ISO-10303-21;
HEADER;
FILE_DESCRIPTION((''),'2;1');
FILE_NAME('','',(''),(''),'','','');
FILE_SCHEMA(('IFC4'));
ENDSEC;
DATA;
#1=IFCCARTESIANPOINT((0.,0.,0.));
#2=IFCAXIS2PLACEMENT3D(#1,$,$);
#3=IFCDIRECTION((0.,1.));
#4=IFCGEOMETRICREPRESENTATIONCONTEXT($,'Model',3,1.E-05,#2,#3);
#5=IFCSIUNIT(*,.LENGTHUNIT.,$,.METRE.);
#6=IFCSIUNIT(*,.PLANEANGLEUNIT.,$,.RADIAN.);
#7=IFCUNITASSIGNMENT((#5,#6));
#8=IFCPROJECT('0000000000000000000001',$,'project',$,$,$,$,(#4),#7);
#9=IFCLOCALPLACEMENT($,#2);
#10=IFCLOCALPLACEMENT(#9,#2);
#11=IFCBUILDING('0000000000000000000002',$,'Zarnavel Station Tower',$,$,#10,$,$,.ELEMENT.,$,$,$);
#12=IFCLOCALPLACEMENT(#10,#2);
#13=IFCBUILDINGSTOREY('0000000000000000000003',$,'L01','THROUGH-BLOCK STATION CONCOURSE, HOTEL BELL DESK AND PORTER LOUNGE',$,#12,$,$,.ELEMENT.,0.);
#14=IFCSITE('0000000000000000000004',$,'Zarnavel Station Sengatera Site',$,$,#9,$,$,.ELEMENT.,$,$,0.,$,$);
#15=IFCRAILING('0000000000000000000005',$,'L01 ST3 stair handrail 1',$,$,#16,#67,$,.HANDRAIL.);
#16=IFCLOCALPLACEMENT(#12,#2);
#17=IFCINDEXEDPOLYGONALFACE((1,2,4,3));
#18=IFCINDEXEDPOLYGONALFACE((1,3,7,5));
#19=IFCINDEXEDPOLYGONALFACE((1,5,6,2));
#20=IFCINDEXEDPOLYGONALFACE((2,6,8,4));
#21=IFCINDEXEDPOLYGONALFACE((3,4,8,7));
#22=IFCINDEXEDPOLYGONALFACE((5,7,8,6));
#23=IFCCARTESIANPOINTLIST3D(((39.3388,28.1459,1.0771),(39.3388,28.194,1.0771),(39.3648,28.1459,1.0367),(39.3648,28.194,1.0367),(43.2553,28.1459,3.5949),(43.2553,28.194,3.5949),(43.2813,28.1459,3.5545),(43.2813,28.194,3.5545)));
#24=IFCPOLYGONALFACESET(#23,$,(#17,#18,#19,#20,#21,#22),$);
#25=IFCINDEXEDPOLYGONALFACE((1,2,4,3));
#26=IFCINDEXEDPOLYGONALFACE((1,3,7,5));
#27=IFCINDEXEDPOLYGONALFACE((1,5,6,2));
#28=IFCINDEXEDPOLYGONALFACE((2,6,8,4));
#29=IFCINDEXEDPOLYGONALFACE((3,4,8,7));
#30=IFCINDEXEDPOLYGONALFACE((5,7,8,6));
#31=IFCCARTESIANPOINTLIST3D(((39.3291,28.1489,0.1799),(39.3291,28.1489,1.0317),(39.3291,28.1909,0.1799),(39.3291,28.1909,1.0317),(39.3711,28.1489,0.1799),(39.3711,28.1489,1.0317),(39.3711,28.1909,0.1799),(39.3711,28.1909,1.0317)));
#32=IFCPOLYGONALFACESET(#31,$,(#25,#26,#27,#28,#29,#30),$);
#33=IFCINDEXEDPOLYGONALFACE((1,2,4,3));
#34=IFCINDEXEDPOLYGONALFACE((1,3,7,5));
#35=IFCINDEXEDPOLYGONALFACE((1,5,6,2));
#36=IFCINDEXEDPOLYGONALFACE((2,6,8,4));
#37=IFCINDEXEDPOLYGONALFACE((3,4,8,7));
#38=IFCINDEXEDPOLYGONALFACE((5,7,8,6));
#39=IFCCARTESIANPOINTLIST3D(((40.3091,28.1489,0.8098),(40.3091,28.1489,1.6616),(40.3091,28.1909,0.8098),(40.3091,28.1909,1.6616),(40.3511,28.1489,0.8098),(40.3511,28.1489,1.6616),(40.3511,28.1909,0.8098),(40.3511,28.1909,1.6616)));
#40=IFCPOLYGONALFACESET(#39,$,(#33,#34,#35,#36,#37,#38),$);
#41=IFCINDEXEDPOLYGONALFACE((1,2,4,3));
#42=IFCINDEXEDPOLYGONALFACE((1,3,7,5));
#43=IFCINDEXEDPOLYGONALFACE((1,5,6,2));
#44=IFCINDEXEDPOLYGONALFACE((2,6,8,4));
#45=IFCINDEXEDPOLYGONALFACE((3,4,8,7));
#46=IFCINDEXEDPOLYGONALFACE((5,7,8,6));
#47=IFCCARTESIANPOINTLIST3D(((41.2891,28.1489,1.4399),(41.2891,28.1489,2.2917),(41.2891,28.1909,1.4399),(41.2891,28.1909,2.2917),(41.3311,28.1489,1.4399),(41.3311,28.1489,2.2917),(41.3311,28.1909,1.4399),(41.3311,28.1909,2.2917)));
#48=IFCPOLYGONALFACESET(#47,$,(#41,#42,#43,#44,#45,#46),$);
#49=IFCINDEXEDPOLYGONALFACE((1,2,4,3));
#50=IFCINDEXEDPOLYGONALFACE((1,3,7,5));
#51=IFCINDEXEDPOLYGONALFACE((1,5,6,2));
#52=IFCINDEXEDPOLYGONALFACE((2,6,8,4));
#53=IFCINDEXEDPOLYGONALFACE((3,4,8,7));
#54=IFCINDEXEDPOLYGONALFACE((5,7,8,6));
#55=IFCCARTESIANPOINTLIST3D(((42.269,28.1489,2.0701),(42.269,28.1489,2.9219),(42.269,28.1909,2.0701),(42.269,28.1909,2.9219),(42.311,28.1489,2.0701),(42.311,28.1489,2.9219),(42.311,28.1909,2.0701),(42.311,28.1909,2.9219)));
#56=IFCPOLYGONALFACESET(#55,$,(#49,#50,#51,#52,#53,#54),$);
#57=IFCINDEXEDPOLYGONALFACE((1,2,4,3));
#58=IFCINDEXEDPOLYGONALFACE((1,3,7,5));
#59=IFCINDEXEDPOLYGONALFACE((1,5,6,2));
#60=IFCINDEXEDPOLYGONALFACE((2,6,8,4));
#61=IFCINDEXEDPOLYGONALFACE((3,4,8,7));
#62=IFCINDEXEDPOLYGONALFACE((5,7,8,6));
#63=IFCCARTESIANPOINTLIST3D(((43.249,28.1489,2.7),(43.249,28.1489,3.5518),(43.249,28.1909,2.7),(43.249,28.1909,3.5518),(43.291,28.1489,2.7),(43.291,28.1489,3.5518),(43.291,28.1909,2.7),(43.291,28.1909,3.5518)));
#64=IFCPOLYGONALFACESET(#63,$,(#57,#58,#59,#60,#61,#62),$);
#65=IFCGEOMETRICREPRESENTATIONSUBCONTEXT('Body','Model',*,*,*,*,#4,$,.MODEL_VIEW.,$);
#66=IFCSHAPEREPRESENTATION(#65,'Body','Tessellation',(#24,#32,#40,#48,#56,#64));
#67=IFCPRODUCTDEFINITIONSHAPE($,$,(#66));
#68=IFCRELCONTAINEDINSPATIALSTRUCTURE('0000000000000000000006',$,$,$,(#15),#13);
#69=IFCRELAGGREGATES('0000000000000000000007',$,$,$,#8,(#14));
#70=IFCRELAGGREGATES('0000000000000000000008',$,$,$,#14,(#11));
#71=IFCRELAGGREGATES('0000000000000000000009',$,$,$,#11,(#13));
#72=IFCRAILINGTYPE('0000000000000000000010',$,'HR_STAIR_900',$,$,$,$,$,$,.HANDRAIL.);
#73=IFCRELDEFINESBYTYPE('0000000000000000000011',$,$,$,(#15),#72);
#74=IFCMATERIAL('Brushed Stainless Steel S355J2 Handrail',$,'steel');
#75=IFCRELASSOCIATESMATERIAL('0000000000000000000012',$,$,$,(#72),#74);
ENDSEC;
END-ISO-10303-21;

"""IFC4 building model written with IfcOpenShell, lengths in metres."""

from ifc_helpers import new_model, si_unit, direction, frame, origin, origin_2d, place, context, subcontext, project, spatial, rectangle, extrude, material, type_object, element, save


model = new_model("IFC4")

# Units and contexts
model_context = context("Model", 3, precision=1e-05, world=origin(), true_north=direction((0.0, 1.0)))
body_context = subcontext(model_context, "Body", "Model", "MODEL_VIEW")
ifc_project = project(units=[si_unit("LENGTHUNIT", "METRE"), si_unit("PLANEANGLEUNIT", "RADIAN")], contexts=[model_context])

# Site, building, storey
site_placement = place(None, origin())
site = spatial("IfcSite", under=ifc_project, at=site_placement, Name="Zarnavel Station Sengatera Site", CompositionType="ELEMENT", RefElevation=0.0)
building_placement = place(site_placement, origin())
building = spatial("IfcBuilding", under=site, at=building_placement, Name="Zarnavel Station Tower", CompositionType="ELEMENT")
storey_placement = place(building_placement, origin())
storey = spatial("IfcBuildingStorey", under=building, at=storey_placement, Name="L01", Description="THROUGH-BLOCK STATION CONCOURSE, HOTEL BELL DESK AND PORTER LOUNGE", CompositionType="ELEMENT", Elevation=0.0)

# Railing
ifc_material_1 = material(Name="Brushed Stainless Steel S355J2 Handrail", Category="steel")
railing_type_1 = type_object("IfcRailingType", Name="HR_STAIR_900", PredefinedType="HANDRAIL", material=ifc_material_1)
for number, where, name in (
    (1, (39.3501, 28.1699, 0.1799), "L01 ST3 stair handrail 1"),
):
    element("IfcRailing", number, at=place(storey_placement, frame(where)), inside=storey, type_object=railing_type_1, Name=name, PredefinedType="HANDRAIL", context=body_context, shape_type="SweptSolid", body=[
        extrude(rectangle(XDim=0.0481, YDim=0.0481, at=origin_2d()), frame((0.0017, 0.0, 0.877), z_axis=(0.841172, 0.0, 0.540768), x_axis=(0.0, 1.0, 0.0)), (0.0, 0.0, 1.0), 4.656),
        extrude(rectangle(XDim=0.042, YDim=0.042, at=origin_2d()), origin(), (0.0, 0.0, 1.0), 0.8518),
        extrude(rectangle(XDim=0.042, YDim=0.042, at=origin_2d()), frame((0.98, 0.0, 0.6299)), (0.0, 0.0, 1.0), 0.8518),
        extrude(rectangle(XDim=0.042, YDim=0.042, at=origin_2d()), frame((1.96, 0.0, 1.26)), (0.0, 0.0, 1.0), 0.8518),
        extrude(rectangle(XDim=0.042, YDim=0.042, at=origin_2d()), frame((2.9399, 0.0, 1.8901)), (0.0, 0.0, 1.0), 0.8518),
        extrude(rectangle(XDim=0.042, YDim=0.042, at=origin_2d()), frame((3.9199, 0.0, 2.52)), (0.0, 0.0, 1.0), 0.8518),
    ])

save(model, "model.ifc")
